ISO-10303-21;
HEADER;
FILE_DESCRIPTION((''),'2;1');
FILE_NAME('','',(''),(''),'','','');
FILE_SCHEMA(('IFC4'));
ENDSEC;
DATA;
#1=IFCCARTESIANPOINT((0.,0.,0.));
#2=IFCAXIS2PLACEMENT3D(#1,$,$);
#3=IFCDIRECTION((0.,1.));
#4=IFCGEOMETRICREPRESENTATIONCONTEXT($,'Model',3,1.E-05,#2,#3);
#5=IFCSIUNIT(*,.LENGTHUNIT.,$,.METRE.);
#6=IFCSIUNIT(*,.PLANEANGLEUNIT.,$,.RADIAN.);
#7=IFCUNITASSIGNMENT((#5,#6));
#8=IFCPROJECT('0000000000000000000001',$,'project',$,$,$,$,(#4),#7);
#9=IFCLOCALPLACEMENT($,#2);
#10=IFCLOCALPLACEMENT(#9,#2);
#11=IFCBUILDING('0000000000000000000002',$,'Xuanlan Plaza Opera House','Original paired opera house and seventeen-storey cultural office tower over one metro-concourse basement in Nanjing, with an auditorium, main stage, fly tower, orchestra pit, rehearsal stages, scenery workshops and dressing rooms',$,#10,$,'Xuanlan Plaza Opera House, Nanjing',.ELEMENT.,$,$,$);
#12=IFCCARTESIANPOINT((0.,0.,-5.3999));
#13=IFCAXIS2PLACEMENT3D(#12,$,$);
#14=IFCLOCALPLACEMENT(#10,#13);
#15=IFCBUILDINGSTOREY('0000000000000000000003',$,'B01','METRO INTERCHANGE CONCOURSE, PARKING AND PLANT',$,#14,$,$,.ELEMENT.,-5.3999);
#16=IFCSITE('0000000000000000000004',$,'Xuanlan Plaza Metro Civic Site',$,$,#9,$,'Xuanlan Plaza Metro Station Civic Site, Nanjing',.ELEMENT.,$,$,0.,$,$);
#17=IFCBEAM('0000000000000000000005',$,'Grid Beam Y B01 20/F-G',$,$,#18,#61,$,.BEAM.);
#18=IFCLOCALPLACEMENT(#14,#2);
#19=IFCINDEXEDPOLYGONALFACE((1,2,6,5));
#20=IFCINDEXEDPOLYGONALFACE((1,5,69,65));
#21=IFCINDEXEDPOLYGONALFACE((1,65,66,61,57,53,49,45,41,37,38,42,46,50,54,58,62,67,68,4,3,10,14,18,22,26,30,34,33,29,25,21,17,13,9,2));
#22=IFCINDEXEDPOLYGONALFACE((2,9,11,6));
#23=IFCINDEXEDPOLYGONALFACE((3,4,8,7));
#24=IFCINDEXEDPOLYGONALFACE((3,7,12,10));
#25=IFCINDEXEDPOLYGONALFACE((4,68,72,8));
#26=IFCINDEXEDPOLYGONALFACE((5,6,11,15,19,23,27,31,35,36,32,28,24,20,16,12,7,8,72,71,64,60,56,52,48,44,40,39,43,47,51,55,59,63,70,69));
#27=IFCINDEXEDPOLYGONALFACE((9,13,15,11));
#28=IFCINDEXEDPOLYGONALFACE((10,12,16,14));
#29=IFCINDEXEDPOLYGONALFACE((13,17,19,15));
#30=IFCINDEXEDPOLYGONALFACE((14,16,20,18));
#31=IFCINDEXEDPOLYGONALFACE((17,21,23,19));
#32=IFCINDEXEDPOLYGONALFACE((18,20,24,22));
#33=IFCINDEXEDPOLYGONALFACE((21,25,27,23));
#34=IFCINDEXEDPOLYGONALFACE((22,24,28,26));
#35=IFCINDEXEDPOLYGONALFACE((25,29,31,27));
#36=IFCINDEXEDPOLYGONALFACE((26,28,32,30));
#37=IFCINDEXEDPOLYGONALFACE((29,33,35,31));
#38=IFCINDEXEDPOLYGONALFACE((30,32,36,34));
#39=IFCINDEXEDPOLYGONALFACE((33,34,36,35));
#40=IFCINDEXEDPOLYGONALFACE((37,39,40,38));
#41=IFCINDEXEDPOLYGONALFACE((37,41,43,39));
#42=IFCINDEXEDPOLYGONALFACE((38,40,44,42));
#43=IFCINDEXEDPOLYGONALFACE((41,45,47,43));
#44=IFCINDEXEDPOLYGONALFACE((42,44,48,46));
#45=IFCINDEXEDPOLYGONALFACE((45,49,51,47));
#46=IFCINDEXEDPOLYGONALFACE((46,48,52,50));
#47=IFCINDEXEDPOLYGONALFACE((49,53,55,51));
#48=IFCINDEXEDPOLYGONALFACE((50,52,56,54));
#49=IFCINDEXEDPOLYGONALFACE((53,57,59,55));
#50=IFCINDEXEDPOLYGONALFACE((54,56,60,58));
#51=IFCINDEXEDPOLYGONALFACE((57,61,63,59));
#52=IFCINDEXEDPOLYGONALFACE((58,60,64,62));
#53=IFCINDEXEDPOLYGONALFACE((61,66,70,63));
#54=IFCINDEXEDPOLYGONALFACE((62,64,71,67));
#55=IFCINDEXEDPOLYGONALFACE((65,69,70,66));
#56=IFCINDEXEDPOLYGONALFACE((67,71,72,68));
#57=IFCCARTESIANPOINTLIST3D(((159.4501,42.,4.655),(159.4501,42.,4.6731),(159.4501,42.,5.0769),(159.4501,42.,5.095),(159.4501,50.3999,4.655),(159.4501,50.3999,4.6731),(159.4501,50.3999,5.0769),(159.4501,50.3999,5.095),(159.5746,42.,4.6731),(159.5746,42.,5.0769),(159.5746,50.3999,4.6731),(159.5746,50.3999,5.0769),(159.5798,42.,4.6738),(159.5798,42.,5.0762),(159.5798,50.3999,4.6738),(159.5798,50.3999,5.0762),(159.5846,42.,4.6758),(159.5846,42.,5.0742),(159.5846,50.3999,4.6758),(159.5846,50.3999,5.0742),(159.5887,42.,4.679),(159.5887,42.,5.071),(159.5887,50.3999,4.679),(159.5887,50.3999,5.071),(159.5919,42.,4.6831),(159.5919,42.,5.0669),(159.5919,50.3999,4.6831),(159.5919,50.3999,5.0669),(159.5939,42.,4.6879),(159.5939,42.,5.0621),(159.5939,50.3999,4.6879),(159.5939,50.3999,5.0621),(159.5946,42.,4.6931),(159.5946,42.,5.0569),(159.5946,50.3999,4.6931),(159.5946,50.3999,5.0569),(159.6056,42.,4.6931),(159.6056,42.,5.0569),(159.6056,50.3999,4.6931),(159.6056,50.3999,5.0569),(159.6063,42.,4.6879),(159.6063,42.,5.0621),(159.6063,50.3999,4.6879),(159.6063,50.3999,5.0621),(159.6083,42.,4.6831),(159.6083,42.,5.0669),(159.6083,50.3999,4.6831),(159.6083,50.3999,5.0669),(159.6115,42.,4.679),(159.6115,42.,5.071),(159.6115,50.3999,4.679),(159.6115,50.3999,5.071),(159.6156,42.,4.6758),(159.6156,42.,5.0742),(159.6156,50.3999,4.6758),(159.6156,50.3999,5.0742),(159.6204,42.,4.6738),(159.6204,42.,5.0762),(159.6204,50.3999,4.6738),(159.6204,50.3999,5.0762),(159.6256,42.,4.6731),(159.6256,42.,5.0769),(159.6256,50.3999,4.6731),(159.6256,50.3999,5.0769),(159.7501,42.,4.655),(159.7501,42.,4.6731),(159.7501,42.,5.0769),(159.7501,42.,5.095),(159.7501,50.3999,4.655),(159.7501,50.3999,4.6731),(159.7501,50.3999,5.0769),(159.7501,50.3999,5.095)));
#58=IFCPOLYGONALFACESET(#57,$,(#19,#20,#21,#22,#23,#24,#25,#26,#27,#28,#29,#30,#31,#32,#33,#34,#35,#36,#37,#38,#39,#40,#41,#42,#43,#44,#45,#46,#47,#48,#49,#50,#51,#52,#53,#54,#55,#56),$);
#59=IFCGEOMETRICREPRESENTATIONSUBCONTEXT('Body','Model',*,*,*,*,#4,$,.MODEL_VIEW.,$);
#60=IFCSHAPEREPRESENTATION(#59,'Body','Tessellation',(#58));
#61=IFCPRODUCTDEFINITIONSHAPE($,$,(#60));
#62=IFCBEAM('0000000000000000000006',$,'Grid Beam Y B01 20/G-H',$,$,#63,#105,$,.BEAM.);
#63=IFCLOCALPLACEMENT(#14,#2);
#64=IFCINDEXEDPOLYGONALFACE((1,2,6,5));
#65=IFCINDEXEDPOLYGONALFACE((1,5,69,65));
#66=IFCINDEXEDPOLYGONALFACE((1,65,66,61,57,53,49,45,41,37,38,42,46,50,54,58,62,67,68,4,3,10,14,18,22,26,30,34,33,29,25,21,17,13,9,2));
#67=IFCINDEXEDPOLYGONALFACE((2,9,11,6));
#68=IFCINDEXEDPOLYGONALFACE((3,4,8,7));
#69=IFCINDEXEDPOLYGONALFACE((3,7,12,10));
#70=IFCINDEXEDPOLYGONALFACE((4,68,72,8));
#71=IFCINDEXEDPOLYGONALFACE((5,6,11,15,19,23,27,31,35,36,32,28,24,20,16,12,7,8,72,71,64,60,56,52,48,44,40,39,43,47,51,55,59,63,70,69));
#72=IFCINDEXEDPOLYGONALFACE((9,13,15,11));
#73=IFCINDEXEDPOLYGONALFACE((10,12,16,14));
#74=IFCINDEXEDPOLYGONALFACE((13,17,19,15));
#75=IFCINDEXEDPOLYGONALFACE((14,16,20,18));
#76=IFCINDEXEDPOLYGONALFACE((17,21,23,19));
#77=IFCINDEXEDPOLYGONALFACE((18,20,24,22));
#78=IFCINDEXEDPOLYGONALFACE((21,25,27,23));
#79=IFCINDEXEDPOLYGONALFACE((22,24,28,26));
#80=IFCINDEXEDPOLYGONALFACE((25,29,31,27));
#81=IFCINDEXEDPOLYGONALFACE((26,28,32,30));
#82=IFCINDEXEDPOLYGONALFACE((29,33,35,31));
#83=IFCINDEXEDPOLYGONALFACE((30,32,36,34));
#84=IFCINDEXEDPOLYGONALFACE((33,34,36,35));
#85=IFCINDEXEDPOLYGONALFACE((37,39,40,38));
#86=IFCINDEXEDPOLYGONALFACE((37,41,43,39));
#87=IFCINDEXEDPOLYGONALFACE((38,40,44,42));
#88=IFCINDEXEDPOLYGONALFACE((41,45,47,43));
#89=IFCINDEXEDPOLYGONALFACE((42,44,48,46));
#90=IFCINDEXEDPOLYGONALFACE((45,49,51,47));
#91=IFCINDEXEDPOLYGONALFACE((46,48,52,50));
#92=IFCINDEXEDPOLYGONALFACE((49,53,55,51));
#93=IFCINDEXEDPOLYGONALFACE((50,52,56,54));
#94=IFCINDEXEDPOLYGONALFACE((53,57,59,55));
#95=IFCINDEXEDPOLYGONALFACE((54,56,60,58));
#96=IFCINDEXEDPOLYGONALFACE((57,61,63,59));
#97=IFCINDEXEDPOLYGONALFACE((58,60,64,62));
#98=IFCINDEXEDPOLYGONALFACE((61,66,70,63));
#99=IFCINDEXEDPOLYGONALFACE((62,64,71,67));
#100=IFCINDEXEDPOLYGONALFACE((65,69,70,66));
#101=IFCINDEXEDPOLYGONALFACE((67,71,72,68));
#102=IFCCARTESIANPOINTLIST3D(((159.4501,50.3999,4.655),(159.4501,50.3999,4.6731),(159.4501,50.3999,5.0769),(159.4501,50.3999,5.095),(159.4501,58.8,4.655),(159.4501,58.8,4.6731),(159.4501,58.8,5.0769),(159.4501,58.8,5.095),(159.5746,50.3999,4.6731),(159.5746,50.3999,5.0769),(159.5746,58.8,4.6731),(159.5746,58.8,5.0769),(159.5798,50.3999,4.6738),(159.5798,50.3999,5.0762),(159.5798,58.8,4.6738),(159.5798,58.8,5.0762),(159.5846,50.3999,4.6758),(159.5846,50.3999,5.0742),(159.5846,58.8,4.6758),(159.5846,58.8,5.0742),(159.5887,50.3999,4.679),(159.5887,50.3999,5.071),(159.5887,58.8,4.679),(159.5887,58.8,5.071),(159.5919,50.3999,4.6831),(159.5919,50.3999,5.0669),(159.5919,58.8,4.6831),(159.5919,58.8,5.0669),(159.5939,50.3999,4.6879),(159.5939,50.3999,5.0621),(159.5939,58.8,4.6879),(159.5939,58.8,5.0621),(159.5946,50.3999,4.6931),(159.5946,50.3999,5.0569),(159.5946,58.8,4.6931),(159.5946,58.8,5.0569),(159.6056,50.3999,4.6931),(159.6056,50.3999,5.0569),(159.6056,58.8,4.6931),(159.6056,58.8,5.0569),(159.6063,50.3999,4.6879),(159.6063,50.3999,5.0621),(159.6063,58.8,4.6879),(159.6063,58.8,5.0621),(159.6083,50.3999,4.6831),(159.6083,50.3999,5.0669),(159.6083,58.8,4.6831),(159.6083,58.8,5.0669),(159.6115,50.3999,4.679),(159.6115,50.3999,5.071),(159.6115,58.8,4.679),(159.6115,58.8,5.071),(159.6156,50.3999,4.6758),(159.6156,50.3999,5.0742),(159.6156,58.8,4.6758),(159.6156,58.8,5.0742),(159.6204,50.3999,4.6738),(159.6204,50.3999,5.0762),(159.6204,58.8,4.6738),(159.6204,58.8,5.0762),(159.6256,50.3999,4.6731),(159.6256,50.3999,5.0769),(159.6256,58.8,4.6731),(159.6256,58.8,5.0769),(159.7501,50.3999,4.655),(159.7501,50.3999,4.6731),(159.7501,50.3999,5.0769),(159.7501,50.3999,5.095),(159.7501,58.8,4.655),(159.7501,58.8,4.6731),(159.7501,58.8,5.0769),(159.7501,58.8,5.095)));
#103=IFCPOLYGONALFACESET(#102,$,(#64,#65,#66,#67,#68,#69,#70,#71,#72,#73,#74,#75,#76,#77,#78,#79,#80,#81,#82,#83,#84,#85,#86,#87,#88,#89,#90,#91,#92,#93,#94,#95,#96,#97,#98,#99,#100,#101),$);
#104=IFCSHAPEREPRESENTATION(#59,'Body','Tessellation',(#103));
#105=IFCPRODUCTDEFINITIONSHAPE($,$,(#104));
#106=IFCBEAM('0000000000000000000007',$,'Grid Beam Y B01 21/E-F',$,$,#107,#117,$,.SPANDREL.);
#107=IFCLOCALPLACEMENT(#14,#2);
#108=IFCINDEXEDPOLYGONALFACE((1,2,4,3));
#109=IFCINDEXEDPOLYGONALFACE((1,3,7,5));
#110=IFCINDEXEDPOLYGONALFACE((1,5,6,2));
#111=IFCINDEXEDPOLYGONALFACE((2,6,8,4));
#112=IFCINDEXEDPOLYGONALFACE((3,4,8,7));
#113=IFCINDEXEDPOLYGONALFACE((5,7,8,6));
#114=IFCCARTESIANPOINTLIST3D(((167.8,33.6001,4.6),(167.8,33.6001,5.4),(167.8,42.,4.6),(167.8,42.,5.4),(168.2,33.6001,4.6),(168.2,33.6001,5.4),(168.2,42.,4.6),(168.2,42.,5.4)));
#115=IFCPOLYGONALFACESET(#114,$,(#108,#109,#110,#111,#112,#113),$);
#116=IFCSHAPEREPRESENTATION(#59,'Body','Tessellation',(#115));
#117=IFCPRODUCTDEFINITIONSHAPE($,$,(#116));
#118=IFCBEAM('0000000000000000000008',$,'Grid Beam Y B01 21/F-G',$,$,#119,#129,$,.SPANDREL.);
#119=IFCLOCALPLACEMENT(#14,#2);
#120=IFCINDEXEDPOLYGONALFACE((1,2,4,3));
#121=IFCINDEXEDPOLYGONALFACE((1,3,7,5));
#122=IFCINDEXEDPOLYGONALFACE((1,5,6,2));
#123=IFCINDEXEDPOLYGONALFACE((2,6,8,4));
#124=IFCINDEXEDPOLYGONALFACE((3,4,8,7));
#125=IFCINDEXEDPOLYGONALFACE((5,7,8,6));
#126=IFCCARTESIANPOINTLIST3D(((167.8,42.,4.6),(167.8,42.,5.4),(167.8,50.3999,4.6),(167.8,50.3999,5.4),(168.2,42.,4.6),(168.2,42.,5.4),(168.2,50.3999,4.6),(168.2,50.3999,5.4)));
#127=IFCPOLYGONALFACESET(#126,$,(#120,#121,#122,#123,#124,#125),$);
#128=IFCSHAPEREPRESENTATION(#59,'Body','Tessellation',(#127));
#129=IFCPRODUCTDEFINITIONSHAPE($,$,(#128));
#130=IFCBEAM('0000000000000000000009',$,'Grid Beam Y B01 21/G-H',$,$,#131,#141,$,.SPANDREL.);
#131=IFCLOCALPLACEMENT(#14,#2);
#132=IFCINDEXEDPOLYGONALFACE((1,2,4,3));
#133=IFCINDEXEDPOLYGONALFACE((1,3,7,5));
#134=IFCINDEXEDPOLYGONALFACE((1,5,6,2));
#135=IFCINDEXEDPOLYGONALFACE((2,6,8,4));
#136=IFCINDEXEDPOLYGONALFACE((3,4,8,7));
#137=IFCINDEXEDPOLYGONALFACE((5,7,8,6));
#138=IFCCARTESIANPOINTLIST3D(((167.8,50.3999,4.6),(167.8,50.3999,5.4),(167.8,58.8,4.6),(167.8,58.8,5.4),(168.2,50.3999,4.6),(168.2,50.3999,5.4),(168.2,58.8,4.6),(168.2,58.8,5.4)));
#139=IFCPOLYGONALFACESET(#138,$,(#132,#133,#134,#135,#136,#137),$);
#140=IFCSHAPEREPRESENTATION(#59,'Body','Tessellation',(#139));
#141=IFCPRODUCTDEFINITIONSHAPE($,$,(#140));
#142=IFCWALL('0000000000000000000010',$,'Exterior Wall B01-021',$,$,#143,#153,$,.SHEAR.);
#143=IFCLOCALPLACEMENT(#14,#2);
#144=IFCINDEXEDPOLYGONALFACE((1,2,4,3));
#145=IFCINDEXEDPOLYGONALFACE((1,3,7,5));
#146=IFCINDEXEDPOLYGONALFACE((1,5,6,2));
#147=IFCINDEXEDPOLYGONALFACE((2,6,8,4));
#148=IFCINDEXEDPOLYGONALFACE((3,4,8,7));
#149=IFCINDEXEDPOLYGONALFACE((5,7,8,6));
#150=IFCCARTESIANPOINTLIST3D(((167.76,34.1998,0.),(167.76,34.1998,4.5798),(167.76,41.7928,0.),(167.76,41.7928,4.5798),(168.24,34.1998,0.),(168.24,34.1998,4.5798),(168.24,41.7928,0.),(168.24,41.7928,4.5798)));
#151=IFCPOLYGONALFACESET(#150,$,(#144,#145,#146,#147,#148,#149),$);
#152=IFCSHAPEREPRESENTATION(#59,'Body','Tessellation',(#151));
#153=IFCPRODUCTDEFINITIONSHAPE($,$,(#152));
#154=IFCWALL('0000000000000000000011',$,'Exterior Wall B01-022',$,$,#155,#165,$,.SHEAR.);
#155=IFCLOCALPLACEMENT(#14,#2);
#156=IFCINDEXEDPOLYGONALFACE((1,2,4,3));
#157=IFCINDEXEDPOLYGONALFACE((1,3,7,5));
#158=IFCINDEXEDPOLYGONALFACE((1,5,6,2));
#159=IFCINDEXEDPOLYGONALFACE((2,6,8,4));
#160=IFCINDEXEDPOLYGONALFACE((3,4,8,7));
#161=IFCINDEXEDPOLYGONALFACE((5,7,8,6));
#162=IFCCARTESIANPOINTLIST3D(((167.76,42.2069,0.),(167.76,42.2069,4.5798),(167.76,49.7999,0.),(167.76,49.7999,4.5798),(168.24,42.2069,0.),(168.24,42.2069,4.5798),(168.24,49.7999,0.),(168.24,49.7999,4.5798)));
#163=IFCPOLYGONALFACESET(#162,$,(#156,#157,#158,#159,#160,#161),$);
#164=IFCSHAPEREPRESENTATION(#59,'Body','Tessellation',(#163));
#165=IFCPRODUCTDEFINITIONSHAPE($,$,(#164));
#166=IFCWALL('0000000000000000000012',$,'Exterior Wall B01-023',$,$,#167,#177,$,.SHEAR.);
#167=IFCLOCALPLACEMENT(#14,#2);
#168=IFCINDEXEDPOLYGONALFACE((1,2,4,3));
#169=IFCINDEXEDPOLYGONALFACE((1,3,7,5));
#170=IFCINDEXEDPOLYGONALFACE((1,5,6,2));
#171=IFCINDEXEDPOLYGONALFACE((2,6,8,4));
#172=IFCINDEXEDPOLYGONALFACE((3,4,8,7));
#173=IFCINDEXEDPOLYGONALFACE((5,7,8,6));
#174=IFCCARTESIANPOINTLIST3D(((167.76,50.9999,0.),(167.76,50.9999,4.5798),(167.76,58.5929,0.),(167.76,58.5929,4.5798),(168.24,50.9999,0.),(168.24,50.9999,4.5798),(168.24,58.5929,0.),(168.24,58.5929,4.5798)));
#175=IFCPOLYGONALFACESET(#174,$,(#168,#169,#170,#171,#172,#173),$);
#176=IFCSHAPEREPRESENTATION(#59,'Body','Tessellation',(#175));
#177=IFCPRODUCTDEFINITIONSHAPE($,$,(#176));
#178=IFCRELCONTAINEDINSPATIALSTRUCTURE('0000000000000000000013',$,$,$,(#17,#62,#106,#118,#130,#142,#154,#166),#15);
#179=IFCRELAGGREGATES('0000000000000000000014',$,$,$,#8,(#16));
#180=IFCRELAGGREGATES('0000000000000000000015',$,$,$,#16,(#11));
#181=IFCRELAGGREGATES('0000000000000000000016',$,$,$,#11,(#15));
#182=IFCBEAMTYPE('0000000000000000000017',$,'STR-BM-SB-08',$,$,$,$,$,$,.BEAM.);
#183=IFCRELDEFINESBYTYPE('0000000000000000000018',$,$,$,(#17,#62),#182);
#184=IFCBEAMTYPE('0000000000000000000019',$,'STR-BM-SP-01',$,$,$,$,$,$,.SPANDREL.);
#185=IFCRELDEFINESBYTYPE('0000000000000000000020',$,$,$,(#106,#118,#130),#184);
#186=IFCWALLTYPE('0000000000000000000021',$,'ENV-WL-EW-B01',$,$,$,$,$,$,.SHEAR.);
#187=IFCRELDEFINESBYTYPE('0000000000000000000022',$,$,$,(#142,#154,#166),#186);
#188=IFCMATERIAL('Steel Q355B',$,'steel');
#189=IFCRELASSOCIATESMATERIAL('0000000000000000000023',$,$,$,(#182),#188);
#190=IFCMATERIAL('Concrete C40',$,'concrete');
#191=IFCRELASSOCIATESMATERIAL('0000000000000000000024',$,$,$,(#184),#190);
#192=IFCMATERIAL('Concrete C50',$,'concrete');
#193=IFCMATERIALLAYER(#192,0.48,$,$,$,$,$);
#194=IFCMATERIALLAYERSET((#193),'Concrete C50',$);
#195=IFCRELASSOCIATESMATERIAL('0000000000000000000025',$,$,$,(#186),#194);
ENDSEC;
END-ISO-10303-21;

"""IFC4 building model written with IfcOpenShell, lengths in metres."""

from ifc_helpers import new_model, si_unit, direction, frame, frame_2d, origin, origin_2d, place, context, subcontext, project, spatial, rectangle, i_section, extrude, material, layer, layer_set, material_profile, profile_set, type_object, element, save


model = new_model("IFC4")

# Units and contexts
model_context = context("Model", 3, precision=1e-05, world=origin(), true_north=direction((0.0, 1.0)))
body_context = subcontext(model_context, "Body", "Model", "MODEL_VIEW")
ifc_project = project(units=[si_unit("LENGTHUNIT", "METRE"), si_unit("PLANEANGLEUNIT", "RADIAN")], contexts=[model_context])

# Site, building, storey
site_placement = place(None, origin())
site = spatial("IfcSite", under=ifc_project, at=site_placement, Name="Xuanlan Plaza Metro Civic Site", LongName="Xuanlan Plaza Metro Station Civic Site, Nanjing", CompositionType="ELEMENT", RefElevation=0.0)
building_placement = place(site_placement, origin())
building = spatial("IfcBuilding", under=site, at=building_placement, Name="Xuanlan Plaza Opera House", Description="Original paired opera house and seventeen-storey cultural office tower over one metro-concourse basement in Nanjing, with an auditorium, main stage, fly tower, orchestra pit, rehearsal stages, scenery workshops and dressing rooms", LongName="Xuanlan Plaza Opera House, Nanjing", CompositionType="ELEMENT")
storey_placement = place(building_placement, frame((0.0, 0.0, -5.3999)))
storey = spatial("IfcBuildingStorey", under=building, at=storey_placement, Name="B01", Description="METRO INTERCHANGE CONCOURSE, PARKING AND PLANT", CompositionType="ELEMENT", Elevation=-5.3999)

# Shared definitions
ifc_material_1 = material(Name="Concrete C50", Category="concrete")

# Shared definitions
ifc_material_2 = material(Name="Concrete C40", Category="concrete")

# Beams
ifc_material_3 = material(Name="Steel Q355B", Category="steel")
ifc_material_profile_1 = material_profile(ifc_material_3, i_section(OverallWidth=0.3, OverallDepth=0.4399, WebThickness=0.011, FlangeThickness=0.0181, FilletRadius=0.02, at=origin_2d()), Name="HM 440x300x11x18")
ifc_profile_set_1 = profile_set([ifc_material_profile_1], Name="Steel Q355B")
beam_type_1 = type_object("IfcBeamType", Name="STR-BM-SB-08", PredefinedType="BEAM", material=ifc_profile_set_1)
beam_1_placement = place(storey_placement, frame((159.6001, 42.0, 4.875), z_axis=(0.0, 1.0, 0.0), x_axis=(-1.0, 0.0, 0.0)))
element("IfcBeam", 1, at=beam_1_placement, inside=storey, type_object=beam_type_1, Name="Grid Beam Y B01 20/F-G", PredefinedType="BEAM", context=body_context, shape_type="SweptSolid", body=[
    extrude(i_section(OverallWidth=0.3, OverallDepth=0.4399, WebThickness=0.011, FlangeThickness=0.0181, FilletRadius=0.02, at=origin_2d()), origin(), (0.0, 0.0, 1.0), 8.3999),
])
beam_2_placement = place(storey_placement, frame((159.6001, 50.3999, 4.875), z_axis=(0.0, 1.0, 0.0), x_axis=(-1.0, 0.0, 0.0)))
element("IfcBeam", 2, at=beam_2_placement, inside=storey, type_object=beam_type_1, Name="Grid Beam Y B01 20/G-H", PredefinedType="BEAM", context=body_context, shape_type="SweptSolid", body=[
    extrude(i_section(OverallWidth=0.3, OverallDepth=0.4399, WebThickness=0.011, FlangeThickness=0.0181, FilletRadius=0.02, at=origin_2d()), origin(), (0.0, 0.0, 1.0), 8.4001),
])
ifc_material_profile_2 = material_profile(ifc_material_2, rectangle(XDim=0.3999, YDim=0.8, at=origin_2d()), Name="RC-SPD 400x800")
ifc_profile_set_2 = profile_set([ifc_material_profile_2], Name="Concrete C40")
beam_type_2 = type_object("IfcBeamType", Name="STR-BM-SP-01", PredefinedType="SPANDREL", material=ifc_profile_set_2)
for number, where, z_axis, x_axis, name in (
    (3, (168.0, 33.6001, 5.0), (0.0, 1.0, 0.0), (-1.0, 0.0, 0.0), "Grid Beam Y B01 21/E-F"),
    (4, (168.0, 42.0, 5.0), (0.0, 1.0, 0.0), (-1.0, 0.0, 0.0), "Grid Beam Y B01 21/F-G"),
):
    element("IfcBeam", number, at=place(storey_placement, frame(where, z_axis=z_axis, x_axis=x_axis)), inside=storey, type_object=beam_type_2, Name=name, PredefinedType="SPANDREL", context=body_context, shape_type="SweptSolid", body=[
        extrude(rectangle(XDim=0.3999, YDim=0.8, at=origin_2d()), origin(), (0.0, 0.0, 1.0), 8.3999),
    ])
beam_3_placement = place(storey_placement, frame((168.0, 50.3999, 5.0), z_axis=(0.0, 1.0, 0.0), x_axis=(-1.0, 0.0, 0.0)))
element("IfcBeam", 5, at=beam_3_placement, inside=storey, type_object=beam_type_2, Name="Grid Beam Y B01 21/G-H", PredefinedType="SPANDREL", context=body_context, shape_type="SweptSolid", body=[
    extrude(rectangle(XDim=0.3999, YDim=0.8, at=origin_2d()), origin(), (0.0, 0.0, 1.0), 8.4001),
])

# Walls
ifc_layer = layer(ifc_material_1, 0.48)
ifc_layer_set = layer_set([ifc_layer], Name="Concrete C50")
wall_type = type_object("IfcWallType", Name="ENV-WL-EW-B01", PredefinedType="SHEAR", material=ifc_layer_set)
for number, where, z_axis, x_axis, name in (
    (6, (168.0, 34.2, 0.0), (0.0, 0.0, 1.0), (0.0, 1.0, 0.0), "Exterior Wall B01-021"),
    (7, (168.0, 42.207, 0.0), (0.0, 0.0, 1.0), (0.0, 1.0, 0.0), "Exterior Wall B01-022"),
    (8, (168.0, 51.0, 0.0), (0.0, 0.0, 1.0), (0.0, 1.0, 0.0), "Exterior Wall B01-023"),
):
    element("IfcWall", number, at=place(storey_placement, frame(where, z_axis=z_axis, x_axis=x_axis)), inside=storey, type_object=wall_type, Name=name, PredefinedType="SHEAR", context=body_context, shape_type="SweptSolid", body=[
        extrude(rectangle(XDim=7.593, YDim=0.48, at=frame_2d((3.7964, 0.0))), origin(), (0.0, 0.0, 1.0), 4.5798),
    ])

save(model, "model.ifc")
